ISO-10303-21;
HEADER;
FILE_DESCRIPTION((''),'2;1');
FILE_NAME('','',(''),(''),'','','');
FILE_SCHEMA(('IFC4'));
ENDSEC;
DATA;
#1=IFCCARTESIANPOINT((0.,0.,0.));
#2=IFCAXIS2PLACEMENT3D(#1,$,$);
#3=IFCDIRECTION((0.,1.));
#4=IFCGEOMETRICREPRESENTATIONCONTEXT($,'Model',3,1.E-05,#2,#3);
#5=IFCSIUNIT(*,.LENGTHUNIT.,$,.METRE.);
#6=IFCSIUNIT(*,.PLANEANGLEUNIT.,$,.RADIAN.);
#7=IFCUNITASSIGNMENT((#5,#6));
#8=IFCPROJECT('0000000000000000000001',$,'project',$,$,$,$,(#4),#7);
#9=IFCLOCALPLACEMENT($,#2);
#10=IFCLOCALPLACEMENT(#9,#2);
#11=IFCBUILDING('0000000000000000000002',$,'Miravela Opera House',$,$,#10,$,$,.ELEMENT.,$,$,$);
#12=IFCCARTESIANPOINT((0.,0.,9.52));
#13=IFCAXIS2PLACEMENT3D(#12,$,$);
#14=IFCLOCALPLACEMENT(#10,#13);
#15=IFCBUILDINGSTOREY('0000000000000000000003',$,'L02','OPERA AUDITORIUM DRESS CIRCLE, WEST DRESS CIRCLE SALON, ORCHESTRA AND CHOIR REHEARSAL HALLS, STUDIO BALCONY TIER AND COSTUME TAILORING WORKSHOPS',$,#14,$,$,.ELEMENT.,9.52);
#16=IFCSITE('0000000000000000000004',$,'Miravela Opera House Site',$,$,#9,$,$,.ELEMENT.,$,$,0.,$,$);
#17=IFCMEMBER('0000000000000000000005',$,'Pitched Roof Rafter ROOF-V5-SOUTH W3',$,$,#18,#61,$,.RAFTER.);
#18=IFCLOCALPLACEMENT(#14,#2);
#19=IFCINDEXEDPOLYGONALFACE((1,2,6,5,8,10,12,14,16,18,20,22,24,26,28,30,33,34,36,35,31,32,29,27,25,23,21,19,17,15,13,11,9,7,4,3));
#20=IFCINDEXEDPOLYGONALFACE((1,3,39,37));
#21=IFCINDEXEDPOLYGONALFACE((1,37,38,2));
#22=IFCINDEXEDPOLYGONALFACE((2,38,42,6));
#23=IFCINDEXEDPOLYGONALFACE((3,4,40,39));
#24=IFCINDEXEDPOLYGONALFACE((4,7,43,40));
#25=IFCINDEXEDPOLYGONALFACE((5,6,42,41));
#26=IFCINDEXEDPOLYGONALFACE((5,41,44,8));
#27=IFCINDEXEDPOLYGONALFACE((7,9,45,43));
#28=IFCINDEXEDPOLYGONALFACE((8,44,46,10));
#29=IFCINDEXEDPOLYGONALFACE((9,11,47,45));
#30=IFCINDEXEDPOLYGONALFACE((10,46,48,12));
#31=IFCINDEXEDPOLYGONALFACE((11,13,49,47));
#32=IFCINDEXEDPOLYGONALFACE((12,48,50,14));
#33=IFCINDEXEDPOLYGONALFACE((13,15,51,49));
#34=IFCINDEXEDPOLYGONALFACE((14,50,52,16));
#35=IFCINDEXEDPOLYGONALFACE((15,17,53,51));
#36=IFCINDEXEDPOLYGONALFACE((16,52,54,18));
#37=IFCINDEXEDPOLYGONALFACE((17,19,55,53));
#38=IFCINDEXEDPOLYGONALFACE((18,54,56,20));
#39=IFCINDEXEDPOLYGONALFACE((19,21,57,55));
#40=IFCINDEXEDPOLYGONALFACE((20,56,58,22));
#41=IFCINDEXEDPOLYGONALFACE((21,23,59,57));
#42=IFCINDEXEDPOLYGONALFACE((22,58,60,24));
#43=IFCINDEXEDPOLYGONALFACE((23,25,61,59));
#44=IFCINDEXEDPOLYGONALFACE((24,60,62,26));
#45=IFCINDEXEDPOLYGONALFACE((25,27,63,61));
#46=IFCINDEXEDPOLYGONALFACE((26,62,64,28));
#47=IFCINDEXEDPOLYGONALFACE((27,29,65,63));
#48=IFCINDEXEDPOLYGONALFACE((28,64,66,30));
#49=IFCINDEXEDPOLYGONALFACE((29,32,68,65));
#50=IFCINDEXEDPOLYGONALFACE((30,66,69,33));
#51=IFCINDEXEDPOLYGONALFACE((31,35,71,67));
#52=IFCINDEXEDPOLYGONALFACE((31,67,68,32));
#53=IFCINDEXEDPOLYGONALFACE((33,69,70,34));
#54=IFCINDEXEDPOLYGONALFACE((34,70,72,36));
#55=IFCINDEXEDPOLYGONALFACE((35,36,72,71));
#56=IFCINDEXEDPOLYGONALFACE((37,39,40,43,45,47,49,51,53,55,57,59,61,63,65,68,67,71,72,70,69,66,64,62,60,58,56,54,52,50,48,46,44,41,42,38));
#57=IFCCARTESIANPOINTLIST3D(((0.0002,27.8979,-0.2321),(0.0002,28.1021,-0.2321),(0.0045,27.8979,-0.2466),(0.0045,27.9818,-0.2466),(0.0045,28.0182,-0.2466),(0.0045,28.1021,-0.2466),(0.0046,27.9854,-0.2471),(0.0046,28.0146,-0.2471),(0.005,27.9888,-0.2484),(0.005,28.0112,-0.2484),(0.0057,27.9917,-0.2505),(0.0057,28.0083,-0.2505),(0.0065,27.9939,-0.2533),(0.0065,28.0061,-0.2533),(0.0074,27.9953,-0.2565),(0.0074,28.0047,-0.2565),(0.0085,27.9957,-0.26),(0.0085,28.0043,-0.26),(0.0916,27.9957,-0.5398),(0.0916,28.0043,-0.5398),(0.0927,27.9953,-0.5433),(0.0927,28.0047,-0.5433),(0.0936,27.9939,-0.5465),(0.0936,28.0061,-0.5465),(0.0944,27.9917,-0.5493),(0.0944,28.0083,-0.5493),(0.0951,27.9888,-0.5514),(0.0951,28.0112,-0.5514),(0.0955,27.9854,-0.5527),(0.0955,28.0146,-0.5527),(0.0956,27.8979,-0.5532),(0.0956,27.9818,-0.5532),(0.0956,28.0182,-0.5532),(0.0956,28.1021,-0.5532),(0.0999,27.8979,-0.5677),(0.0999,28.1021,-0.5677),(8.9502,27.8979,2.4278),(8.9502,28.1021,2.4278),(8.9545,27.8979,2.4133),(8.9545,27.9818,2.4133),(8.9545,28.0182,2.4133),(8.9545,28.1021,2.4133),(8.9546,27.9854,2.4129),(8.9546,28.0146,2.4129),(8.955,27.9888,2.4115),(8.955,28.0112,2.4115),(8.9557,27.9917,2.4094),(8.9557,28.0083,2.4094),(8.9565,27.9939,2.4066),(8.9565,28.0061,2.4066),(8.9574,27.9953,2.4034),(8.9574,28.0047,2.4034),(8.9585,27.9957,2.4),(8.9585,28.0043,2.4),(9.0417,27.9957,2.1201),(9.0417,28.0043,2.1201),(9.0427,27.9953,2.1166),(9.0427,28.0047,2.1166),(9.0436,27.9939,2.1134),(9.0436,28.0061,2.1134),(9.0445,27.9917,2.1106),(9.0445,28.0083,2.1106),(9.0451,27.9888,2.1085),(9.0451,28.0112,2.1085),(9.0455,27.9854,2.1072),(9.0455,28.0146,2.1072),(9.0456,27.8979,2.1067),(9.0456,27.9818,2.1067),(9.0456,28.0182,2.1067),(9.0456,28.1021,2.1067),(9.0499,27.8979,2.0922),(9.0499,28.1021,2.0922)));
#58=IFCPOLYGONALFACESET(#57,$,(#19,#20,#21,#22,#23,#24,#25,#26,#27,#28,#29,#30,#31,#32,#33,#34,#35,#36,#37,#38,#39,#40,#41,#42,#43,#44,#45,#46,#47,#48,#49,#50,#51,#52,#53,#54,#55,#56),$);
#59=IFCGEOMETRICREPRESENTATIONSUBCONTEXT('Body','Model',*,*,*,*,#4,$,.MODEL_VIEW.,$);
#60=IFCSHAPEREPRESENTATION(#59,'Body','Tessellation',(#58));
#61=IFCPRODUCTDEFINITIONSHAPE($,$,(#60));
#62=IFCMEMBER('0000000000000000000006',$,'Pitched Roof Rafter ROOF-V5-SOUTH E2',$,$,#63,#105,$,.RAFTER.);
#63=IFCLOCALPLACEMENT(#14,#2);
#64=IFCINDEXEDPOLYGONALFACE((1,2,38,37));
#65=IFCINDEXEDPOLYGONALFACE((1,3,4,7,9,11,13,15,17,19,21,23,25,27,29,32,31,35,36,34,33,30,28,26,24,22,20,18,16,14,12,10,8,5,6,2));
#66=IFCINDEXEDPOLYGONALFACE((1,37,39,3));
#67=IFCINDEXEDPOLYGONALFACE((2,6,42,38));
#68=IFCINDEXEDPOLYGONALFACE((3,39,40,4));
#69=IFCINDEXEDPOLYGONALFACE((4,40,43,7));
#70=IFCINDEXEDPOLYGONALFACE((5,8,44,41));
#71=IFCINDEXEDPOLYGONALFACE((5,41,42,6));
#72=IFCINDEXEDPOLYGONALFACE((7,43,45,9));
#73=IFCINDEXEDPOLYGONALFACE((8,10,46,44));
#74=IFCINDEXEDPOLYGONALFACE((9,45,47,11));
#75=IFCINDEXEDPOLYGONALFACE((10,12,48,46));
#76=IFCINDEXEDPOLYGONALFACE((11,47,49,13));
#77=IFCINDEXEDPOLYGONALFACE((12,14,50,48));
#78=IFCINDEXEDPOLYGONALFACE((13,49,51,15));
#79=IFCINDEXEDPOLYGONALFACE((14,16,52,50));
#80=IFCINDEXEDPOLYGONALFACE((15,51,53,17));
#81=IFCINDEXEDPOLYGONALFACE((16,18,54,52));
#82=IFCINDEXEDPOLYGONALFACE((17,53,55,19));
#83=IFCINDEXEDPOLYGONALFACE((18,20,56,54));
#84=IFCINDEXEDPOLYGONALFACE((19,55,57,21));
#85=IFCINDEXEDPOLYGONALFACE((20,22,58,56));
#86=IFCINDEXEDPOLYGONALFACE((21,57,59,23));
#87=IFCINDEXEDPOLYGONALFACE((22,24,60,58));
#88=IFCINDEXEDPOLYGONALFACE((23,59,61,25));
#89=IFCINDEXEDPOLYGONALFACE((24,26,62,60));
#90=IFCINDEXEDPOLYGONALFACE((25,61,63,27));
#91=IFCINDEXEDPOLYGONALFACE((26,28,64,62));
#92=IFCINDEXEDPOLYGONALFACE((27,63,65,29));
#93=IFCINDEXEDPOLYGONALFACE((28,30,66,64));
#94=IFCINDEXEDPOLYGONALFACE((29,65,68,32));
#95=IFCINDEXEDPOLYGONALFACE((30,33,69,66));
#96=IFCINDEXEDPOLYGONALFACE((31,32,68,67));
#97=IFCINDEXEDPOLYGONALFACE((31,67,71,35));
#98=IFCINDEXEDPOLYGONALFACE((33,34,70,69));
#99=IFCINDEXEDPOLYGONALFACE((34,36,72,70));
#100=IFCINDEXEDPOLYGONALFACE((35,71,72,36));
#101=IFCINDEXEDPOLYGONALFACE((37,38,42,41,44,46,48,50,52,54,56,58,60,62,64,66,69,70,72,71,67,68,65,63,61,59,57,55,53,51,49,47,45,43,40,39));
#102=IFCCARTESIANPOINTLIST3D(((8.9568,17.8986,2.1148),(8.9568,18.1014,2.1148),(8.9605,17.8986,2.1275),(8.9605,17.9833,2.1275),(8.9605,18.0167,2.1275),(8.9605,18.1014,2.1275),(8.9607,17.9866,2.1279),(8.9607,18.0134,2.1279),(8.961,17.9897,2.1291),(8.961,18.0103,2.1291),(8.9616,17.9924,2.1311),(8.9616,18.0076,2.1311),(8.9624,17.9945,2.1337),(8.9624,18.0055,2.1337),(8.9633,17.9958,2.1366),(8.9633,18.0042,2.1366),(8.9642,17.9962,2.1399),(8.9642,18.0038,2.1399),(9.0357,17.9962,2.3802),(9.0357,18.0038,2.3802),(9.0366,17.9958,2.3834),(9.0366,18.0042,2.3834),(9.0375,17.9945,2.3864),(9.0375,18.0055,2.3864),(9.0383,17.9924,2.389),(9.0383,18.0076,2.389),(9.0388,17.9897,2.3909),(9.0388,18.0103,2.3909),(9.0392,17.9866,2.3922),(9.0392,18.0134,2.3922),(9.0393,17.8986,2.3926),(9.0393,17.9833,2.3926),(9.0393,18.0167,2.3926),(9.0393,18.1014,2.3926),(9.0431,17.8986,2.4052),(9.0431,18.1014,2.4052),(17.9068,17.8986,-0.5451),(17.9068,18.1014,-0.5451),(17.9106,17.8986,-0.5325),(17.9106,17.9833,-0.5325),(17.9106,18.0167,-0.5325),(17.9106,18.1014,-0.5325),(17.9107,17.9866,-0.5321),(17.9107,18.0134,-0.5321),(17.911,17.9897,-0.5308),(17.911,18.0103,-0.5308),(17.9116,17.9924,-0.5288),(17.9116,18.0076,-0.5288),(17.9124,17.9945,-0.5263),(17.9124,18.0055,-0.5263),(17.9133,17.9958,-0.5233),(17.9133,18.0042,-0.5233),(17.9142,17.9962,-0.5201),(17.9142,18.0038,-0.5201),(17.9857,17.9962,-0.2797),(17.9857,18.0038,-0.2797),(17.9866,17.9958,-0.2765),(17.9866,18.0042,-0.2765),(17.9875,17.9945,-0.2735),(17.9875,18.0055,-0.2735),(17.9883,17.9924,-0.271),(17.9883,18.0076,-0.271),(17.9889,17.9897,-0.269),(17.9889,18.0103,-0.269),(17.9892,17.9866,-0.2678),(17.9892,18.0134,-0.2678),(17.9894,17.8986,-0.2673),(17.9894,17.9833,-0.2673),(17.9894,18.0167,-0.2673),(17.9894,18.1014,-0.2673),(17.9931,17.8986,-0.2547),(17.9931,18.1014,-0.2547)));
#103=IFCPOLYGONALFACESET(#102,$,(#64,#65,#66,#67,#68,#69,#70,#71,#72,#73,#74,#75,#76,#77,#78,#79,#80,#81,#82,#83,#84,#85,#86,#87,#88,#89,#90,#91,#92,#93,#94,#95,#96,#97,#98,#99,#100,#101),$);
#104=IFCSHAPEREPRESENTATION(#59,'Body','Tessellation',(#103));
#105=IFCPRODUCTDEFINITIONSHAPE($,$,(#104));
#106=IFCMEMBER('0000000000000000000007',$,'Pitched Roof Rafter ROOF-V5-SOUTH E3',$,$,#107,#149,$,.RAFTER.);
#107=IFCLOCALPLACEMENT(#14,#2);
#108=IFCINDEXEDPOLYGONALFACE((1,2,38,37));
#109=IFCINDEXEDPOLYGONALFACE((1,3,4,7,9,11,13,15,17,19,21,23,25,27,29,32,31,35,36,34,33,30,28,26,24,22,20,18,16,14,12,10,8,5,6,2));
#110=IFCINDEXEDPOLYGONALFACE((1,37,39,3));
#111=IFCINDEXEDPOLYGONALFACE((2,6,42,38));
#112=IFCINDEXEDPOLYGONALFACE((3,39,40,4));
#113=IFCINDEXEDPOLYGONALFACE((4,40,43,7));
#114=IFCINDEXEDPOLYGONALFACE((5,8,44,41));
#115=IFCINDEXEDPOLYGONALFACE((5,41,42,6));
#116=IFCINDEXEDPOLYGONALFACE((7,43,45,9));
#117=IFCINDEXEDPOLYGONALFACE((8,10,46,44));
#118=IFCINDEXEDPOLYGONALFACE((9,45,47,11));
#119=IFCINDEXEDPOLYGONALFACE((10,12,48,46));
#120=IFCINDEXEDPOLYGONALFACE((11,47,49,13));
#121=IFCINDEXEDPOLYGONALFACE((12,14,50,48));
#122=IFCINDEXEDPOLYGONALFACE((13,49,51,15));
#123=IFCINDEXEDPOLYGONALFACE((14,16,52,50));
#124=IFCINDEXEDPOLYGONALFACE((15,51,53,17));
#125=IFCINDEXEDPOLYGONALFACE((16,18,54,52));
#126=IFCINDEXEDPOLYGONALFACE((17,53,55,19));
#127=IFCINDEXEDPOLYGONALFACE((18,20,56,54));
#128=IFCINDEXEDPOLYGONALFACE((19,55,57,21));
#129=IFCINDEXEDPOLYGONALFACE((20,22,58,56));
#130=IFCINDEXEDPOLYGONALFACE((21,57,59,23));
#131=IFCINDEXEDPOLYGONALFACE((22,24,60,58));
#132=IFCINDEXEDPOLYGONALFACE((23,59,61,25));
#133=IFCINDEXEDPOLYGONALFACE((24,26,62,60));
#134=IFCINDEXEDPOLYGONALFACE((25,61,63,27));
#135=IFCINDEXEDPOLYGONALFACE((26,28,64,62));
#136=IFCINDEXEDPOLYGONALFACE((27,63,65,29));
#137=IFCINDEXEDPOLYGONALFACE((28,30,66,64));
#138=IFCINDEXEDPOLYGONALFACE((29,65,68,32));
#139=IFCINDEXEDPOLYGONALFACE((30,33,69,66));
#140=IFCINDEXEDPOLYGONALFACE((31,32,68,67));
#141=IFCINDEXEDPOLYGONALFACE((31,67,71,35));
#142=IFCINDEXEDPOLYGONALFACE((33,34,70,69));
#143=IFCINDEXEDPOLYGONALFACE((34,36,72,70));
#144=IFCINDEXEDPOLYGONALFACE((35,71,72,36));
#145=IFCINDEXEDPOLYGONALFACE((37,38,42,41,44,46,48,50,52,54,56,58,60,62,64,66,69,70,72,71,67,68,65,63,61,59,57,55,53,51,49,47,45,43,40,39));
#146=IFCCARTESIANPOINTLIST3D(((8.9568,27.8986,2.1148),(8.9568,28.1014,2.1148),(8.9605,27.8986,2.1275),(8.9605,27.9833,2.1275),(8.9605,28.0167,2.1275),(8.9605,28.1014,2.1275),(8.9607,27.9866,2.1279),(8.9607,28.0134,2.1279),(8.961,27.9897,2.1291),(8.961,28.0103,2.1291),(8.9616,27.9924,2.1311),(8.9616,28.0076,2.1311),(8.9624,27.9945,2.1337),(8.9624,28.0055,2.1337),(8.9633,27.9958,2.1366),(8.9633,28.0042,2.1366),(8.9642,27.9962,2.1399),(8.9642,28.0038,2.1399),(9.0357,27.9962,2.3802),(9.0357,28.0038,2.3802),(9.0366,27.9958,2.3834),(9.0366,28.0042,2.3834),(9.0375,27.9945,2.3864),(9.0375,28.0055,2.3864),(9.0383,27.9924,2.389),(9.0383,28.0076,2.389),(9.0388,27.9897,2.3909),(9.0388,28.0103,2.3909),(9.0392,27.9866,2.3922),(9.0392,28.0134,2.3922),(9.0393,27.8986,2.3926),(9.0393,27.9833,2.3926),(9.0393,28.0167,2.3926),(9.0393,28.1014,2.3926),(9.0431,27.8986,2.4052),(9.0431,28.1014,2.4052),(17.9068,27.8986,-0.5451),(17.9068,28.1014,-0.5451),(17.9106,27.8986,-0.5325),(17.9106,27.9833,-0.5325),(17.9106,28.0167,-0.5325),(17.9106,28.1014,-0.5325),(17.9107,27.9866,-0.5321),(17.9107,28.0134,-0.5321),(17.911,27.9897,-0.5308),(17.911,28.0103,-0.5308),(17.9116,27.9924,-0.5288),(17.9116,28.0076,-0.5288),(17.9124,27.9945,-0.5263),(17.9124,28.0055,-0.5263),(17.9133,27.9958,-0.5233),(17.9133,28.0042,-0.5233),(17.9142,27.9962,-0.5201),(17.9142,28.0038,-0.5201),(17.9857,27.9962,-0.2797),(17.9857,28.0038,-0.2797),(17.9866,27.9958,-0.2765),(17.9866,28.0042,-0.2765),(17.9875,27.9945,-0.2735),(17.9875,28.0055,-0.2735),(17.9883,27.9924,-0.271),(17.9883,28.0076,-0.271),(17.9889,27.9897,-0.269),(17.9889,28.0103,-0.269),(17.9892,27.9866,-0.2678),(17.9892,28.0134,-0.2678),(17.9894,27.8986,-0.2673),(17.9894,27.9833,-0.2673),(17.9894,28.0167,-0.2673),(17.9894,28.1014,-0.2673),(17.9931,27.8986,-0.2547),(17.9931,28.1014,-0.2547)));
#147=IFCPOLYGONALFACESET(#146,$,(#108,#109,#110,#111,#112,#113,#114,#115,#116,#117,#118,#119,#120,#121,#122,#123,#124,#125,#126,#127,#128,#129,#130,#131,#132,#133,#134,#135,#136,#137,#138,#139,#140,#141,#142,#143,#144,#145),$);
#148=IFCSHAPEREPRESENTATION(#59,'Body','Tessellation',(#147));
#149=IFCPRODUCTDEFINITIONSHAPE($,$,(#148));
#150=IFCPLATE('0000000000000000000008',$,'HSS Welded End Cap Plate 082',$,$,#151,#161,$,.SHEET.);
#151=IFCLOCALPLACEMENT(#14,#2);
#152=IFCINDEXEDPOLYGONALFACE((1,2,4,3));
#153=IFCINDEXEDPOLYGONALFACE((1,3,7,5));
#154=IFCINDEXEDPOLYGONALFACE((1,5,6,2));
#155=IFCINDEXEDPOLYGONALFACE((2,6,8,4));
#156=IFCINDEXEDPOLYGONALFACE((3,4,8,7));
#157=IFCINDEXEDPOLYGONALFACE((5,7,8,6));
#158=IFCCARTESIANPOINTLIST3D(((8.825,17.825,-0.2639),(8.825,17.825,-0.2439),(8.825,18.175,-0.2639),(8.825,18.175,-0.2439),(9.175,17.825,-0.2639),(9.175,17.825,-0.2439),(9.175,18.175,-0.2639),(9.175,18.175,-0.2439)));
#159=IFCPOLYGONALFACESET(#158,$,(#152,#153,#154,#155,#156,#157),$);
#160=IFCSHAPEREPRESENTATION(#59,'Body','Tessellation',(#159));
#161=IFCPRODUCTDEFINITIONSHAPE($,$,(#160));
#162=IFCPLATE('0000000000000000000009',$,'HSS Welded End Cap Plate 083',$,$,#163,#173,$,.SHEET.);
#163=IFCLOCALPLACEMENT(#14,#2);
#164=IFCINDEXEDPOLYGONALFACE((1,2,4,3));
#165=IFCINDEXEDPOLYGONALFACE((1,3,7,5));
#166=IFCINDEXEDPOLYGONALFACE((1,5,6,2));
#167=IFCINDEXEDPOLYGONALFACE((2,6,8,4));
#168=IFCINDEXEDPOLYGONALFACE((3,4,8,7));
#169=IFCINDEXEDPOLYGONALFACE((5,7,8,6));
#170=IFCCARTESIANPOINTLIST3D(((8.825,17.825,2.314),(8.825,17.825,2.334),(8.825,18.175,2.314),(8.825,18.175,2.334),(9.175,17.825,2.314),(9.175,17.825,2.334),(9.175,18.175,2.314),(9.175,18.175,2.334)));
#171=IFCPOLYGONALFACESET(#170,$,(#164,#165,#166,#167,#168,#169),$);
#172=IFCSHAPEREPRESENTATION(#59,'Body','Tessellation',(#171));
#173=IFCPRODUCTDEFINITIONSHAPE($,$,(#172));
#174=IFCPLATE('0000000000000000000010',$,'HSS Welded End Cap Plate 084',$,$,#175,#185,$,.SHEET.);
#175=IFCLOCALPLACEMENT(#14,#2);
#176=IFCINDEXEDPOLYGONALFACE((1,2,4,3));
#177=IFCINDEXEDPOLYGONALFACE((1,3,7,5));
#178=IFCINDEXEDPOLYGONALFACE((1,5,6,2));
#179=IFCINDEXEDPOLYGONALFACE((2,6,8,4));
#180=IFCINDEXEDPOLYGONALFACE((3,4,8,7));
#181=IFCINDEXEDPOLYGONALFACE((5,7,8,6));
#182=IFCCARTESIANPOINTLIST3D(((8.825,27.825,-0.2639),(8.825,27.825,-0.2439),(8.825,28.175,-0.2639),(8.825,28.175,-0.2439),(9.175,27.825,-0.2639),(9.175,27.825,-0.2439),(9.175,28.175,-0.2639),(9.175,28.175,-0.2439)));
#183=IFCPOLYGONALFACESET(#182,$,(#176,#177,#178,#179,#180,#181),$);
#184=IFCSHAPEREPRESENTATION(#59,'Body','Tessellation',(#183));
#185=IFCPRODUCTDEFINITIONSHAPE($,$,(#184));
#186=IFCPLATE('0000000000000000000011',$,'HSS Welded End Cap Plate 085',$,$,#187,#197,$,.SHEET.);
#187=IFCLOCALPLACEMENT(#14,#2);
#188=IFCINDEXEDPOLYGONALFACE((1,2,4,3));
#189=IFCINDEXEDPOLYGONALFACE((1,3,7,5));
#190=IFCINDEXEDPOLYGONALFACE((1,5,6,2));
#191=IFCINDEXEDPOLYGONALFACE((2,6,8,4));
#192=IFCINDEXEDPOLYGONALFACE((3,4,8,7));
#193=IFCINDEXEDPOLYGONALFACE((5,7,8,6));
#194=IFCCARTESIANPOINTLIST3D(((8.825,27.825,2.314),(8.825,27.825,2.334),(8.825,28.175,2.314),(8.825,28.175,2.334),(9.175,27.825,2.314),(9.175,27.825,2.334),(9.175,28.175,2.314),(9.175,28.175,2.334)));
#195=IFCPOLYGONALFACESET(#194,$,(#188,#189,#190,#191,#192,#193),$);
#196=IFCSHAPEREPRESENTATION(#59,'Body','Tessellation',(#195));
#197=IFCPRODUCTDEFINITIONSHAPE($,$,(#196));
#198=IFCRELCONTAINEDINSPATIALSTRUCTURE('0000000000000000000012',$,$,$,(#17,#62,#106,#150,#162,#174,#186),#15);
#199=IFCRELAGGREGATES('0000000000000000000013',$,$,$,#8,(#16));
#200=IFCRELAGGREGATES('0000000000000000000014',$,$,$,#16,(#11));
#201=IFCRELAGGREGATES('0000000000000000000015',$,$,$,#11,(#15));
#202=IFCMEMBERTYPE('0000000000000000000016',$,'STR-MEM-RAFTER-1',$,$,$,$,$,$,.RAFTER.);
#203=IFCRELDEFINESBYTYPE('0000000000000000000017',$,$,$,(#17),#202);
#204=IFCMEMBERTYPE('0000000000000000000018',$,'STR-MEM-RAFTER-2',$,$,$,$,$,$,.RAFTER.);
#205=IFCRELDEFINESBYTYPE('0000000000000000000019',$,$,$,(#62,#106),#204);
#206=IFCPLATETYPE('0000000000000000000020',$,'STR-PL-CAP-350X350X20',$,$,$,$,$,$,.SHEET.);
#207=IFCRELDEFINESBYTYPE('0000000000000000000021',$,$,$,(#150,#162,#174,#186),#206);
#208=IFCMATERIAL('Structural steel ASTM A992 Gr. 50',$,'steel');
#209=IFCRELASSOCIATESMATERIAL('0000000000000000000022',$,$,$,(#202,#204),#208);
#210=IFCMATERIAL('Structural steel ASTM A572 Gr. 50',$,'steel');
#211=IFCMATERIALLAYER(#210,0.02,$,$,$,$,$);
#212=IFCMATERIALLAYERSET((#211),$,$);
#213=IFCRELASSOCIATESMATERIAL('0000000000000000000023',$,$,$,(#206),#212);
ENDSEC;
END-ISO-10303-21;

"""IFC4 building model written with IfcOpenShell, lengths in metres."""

from ifc_helpers import new_model, si_unit, direction, frame, origin, origin_2d, place, context, subcontext, project, spatial, rectangle, i_section, extrude, material, layer, layer_set, material_profile, profile_set, type_object, element, save


model = new_model("IFC4")

# Units and contexts
model_context = context("Model", 3, precision=1e-05, world=origin(), true_north=direction((0.0, 1.0)))
body_context = subcontext(model_context, "Body", "Model", "MODEL_VIEW")
ifc_project = project(units=[si_unit("LENGTHUNIT", "METRE"), si_unit("PLANEANGLEUNIT", "RADIAN")], contexts=[model_context])

# Site, building, storey
site_placement = place(None, origin())
site = spatial("IfcSite", under=ifc_project, at=site_placement, Name="Miravela Opera House Site", CompositionType="ELEMENT", RefElevation=0.0)
building_placement = place(site_placement, origin())
building = spatial("IfcBuilding", under=site, at=building_placement, Name="Miravela Opera House", CompositionType="ELEMENT")
storey_placement = place(building_placement, frame((0.0, 0.0, 9.52)))
storey = spatial("IfcBuildingStorey", under=building, at=storey_placement, Name="L02", Description="OPERA AUDITORIUM DRESS CIRCLE, WEST DRESS CIRCLE SALON, ORCHESTRA AND CHOIR REHEARSAL HALLS, STUDIO BALCONY TIER AND COSTUME TAILORING WORKSHOPS", CompositionType="ELEMENT", Elevation=9.52)

# Shared definitions
ifc_material_1 = material(Name="Structural steel ASTM A992 Gr. 50", Category="steel")

# Members
ifc_material_profile_1 = material_profile(ifc_material_1, i_section(OverallWidth=0.2041, OverallDepth=0.3501, WebThickness=0.0085, FlangeThickness=0.0151, FilletRadius=0.0139, at=origin_2d()), Name="W360X72")
ifc_profile_set_1 = profile_set([ifc_material_profile_1])
member_type_1 = type_object("IfcMemberType", Name="STR-MEM-RAFTER-1", PredefinedType="RAFTER", material=ifc_profile_set_1)
for number, where, z_axis, x_axis, name in (
    (1, (0.05, 28.0, -0.3999), (0.958562, 0.0, 0.284883), (0.0, 1.0, 0.0), "Pitched Roof Rafter ROOF-V5-SOUTH W3"),
):
    element("IfcMember", number, at=place(storey_placement, frame(where, z_axis=z_axis, x_axis=x_axis)), inside=storey, type_object=member_type_1, Name=name, PredefinedType="RAFTER", context=body_context, shape_type="SweptSolid", body=[
        extrude(i_section(OverallWidth=0.2041, OverallDepth=0.3501, WebThickness=0.0085, FlangeThickness=0.0151, FilletRadius=0.0139, at=origin_2d()), origin(), (0.0, 0.0, 1.0), 9.3369),
    ])
ifc_material_profile_2 = material_profile(ifc_material_1, i_section(OverallWidth=0.2029, OverallDepth=0.303, WebThickness=0.0076, FlangeThickness=0.0132, FilletRadius=0.0129, at=origin_2d()), Name="W310X60")
ifc_profile_set_2 = profile_set([ifc_material_profile_2])
member_type_2 = type_object("IfcMemberType", Name="STR-MEM-RAFTER-2", PredefinedType="RAFTER", material=ifc_profile_set_2)
for number, where, z_axis, x_axis, name in (
    (2, (17.95, 18.0, -0.3999), (-0.958562, 0.0, 0.284883), (0.0, -1.0, 0.0), "Pitched Roof Rafter ROOF-V5-SOUTH E2"),
    (3, (17.95, 28.0, -0.3999), (-0.958562, 0.0, 0.284883), (0.0, -1.0, 0.0), "Pitched Roof Rafter ROOF-V5-SOUTH E3"),
):
    element("IfcMember", number, at=place(storey_placement, frame(where, z_axis=z_axis, x_axis=x_axis)), inside=storey, type_object=member_type_2, Name=name, PredefinedType="RAFTER", context=body_context, shape_type="SweptSolid", body=[
        extrude(i_section(OverallWidth=0.2029, OverallDepth=0.303, WebThickness=0.0076, FlangeThickness=0.0132, FilletRadius=0.0129, at=origin_2d()), origin(), (0.0, 0.0, 1.0), 9.3369),
    ])

# Plates
ifc_material_2 = material(Name="Structural steel ASTM A572 Gr. 50", Category="steel")
ifc_layer_1 = layer(ifc_material_2, 0.02)
ifc_layer_set_1 = layer_set([ifc_layer_1])
plate_type = type_object("IfcPlateType", Name="STR-PL-CAP-350X350X20", PredefinedType="SHEET", material=ifc_layer_set_1)
for number, where, z_axis, x_axis, name in (
    (4, (9.0, 18.0, -0.2639), (0.0, 0.0, 1.0), (1.0, 0.0, 0.0), "HSS Welded End Cap Plate 082"),
    (5, (9.0, 18.0, 2.314), (0.0, 0.0, 1.0), (1.0, 0.0, 0.0), "HSS Welded End Cap Plate 083"),
    (6, (9.0, 28.0, -0.2639), (0.0, 0.0, 1.0), (1.0, 0.0, 0.0), "HSS Welded End Cap Plate 084"),
    (7, (9.0, 28.0, 2.314), (0.0, 0.0, 1.0), (1.0, 0.0, 0.0), "HSS Welded End Cap Plate 085"),
):
    element("IfcPlate", number, at=place(storey_placement, frame(where, z_axis=z_axis, x_axis=x_axis)), inside=storey, type_object=plate_type, Name=name, PredefinedType="SHEET", context=body_context, shape_type="SweptSolid", body=[
        extrude(rectangle(XDim=0.3501, YDim=0.3501, at=origin_2d()), origin(), (0.0, 0.0, 1.0), 0.02),
    ])

save(model, "model.ifc")
